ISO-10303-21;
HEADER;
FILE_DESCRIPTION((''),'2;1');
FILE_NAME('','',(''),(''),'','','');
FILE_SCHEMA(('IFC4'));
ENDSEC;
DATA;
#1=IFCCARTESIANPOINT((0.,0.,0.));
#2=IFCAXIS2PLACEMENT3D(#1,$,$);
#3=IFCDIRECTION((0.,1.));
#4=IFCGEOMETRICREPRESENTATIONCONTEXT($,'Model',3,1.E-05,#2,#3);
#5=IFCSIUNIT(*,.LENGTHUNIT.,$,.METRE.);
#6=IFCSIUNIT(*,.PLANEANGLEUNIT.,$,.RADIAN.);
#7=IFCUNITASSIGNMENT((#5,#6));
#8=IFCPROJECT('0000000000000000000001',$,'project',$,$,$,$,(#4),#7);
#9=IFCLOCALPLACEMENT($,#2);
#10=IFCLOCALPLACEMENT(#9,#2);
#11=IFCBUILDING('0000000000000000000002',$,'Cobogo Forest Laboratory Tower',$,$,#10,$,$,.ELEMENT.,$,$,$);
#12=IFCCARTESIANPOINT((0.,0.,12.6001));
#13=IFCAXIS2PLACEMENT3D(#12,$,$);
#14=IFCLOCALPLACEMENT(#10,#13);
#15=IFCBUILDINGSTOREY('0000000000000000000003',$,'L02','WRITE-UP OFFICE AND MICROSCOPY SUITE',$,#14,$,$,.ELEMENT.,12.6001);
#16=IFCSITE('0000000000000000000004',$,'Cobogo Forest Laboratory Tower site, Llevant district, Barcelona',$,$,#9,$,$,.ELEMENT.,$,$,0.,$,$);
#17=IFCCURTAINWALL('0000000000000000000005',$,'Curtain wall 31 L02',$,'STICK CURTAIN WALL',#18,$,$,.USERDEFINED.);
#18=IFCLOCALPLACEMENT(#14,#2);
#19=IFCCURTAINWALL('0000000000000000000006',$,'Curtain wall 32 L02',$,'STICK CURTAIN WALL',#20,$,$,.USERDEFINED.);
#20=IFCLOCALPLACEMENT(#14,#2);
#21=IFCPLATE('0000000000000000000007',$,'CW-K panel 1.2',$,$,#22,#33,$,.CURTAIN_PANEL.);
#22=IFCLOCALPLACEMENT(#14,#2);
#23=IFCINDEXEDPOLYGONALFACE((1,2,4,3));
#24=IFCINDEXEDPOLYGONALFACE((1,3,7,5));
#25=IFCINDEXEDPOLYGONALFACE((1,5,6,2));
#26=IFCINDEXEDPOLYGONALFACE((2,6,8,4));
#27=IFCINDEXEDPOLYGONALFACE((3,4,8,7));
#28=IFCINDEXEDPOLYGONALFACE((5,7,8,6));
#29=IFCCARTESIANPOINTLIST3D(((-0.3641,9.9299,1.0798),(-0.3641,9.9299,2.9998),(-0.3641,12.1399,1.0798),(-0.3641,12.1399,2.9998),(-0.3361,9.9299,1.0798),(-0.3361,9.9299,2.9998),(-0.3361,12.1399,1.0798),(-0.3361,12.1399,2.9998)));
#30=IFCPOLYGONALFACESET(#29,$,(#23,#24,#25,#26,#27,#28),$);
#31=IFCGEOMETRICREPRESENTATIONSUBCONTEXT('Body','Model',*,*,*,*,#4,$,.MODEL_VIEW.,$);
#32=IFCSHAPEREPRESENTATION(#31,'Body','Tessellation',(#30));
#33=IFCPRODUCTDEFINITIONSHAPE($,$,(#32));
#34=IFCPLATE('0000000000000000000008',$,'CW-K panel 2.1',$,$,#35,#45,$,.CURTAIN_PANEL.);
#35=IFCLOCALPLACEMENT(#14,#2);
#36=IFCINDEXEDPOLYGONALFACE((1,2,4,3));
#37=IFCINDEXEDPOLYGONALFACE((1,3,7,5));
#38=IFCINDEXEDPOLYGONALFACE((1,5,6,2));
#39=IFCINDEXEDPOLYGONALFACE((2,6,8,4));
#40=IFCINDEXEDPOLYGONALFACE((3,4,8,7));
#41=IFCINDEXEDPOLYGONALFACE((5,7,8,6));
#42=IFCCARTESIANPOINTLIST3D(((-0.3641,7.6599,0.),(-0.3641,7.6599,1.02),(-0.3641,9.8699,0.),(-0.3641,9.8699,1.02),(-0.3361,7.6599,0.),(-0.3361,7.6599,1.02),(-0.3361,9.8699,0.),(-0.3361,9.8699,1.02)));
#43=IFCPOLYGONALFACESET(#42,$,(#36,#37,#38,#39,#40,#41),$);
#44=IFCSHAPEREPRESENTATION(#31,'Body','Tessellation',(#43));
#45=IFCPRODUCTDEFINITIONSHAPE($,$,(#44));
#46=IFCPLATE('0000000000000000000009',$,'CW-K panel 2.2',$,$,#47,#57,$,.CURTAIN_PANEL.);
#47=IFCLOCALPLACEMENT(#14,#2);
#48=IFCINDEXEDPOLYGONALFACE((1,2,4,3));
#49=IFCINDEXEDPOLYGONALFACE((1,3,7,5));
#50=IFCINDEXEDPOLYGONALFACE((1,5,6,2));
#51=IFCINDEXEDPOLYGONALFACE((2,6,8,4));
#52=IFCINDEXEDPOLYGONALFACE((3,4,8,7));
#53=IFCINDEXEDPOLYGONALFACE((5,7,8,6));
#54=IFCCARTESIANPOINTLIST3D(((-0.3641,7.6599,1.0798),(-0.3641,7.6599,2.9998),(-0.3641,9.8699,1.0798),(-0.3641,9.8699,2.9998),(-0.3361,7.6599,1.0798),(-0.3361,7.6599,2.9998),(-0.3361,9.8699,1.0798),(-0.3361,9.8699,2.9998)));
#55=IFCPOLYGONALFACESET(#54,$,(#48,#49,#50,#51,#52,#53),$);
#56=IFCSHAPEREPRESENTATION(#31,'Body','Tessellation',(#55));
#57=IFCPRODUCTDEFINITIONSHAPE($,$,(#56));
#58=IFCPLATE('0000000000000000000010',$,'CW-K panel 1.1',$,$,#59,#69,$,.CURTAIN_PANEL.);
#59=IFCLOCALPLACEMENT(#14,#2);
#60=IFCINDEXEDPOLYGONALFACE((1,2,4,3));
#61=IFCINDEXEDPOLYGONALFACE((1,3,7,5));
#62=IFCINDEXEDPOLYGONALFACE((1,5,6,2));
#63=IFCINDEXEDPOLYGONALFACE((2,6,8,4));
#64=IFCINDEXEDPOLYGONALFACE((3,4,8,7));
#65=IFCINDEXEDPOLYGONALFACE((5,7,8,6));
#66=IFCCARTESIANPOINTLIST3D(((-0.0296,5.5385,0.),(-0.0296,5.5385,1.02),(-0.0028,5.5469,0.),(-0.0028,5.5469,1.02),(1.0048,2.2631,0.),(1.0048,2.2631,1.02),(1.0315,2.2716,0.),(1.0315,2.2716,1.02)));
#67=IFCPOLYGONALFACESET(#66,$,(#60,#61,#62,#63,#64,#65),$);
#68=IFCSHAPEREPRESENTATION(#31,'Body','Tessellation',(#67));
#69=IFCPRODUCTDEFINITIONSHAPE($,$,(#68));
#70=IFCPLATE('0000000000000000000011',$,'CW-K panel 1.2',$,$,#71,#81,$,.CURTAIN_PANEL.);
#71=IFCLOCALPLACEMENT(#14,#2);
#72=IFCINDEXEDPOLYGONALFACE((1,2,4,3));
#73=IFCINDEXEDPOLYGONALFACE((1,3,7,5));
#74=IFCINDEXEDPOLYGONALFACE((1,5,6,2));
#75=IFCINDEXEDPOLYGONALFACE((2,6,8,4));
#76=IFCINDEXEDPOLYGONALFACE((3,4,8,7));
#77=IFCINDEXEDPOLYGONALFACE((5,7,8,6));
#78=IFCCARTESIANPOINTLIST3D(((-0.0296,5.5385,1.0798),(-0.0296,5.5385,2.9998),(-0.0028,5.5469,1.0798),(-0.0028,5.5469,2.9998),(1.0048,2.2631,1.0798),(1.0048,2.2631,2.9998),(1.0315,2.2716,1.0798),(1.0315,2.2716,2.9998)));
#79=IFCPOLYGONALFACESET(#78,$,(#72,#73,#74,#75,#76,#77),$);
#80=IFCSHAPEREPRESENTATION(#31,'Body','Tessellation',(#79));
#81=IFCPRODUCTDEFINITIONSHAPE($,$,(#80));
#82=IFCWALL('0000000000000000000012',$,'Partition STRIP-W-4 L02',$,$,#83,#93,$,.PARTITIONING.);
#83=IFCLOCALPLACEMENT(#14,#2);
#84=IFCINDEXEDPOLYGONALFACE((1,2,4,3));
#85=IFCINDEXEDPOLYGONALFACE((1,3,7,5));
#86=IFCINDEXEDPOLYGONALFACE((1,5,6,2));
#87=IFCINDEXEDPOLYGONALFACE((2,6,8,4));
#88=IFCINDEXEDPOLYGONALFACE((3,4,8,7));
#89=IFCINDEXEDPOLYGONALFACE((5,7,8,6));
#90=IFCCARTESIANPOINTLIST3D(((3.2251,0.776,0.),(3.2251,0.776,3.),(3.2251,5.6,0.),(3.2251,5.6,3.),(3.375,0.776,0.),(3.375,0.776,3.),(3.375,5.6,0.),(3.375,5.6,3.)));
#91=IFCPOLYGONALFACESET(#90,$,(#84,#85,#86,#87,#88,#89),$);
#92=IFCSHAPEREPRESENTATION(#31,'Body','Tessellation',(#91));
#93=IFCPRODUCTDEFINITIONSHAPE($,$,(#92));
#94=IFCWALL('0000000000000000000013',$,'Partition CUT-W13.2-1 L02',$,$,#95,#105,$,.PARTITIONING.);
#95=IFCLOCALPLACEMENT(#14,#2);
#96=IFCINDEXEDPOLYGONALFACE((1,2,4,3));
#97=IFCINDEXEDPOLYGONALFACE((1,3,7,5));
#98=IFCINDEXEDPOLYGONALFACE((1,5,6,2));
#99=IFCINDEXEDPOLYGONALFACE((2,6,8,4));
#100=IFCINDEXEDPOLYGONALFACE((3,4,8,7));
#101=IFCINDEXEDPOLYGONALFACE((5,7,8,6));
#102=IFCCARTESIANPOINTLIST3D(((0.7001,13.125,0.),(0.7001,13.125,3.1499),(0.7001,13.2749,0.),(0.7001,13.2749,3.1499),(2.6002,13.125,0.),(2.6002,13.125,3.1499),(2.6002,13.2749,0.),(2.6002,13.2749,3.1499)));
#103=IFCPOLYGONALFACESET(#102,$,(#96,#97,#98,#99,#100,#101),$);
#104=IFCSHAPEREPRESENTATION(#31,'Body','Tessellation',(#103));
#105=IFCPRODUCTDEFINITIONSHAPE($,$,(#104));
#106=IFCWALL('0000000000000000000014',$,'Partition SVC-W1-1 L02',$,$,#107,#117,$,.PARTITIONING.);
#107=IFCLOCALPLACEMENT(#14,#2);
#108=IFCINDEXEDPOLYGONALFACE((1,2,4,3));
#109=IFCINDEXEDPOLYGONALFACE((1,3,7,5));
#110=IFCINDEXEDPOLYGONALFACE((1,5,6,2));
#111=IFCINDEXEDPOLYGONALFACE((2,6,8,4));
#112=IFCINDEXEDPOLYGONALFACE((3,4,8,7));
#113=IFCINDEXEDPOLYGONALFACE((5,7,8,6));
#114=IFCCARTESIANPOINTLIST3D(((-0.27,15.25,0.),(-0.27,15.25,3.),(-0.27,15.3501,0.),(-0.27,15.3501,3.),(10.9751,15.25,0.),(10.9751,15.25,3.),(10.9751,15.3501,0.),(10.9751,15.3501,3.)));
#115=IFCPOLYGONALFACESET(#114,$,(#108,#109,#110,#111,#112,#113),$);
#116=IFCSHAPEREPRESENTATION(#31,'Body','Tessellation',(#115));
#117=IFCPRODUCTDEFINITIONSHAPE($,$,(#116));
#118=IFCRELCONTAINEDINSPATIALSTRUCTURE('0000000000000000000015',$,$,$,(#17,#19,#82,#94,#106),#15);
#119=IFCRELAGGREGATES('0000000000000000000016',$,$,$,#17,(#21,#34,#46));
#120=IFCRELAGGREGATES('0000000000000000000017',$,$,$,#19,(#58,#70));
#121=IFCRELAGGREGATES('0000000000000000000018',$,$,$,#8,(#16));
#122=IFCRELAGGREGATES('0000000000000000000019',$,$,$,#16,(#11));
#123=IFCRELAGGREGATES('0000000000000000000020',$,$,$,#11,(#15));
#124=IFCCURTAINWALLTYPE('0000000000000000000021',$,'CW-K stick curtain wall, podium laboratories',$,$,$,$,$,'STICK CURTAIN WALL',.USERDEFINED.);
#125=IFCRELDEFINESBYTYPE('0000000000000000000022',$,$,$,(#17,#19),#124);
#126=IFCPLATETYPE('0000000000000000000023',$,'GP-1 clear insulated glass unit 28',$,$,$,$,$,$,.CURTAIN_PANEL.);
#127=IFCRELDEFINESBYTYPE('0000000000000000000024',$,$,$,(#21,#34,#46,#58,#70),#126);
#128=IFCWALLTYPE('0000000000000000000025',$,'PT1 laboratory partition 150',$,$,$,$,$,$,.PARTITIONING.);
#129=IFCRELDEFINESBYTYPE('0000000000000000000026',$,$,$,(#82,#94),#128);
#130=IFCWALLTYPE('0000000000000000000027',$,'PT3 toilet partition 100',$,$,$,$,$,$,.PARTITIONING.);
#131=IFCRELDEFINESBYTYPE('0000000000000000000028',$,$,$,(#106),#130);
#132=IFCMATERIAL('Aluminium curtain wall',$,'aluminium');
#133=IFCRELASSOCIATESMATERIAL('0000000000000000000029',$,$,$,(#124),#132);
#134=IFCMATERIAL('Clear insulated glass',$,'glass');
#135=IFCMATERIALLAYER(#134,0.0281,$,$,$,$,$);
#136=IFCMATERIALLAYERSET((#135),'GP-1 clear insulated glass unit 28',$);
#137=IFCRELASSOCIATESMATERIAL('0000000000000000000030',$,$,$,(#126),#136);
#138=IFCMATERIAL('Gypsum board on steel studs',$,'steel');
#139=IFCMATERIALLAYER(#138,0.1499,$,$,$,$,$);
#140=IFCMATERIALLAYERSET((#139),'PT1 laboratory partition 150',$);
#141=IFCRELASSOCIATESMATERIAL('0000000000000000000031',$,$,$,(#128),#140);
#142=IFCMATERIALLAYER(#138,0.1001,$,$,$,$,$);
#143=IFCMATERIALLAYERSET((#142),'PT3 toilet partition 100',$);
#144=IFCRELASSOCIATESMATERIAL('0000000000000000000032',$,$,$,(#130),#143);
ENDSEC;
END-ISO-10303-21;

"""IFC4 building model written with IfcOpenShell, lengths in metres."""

from ifc_helpers import new_model, si_unit, direction, frame, frame_2d, origin, origin_2d, place, context, subcontext, project, spatial, rectangle, extrude, material, layer, layer_set, type_object, element, aggregate, save


model = new_model("IFC4")

# Units and contexts
model_context = context("Model", 3, precision=1e-05, world=origin(), true_north=direction((0.0, 1.0)))
body_context = subcontext(model_context, "Body", "Model", "MODEL_VIEW")
ifc_project = project(units=[si_unit("LENGTHUNIT", "METRE"), si_unit("PLANEANGLEUNIT", "RADIAN")], contexts=[model_context])

# Site, building, storey
site_placement = place(None, origin())
site = spatial("IfcSite", under=ifc_project, at=site_placement, Name="Cobogo Forest Laboratory Tower site, Llevant district, Barcelona", CompositionType="ELEMENT", RefElevation=0.0)
building_placement = place(site_placement, origin())
building = spatial("IfcBuilding", under=site, at=building_placement, Name="Cobogo Forest Laboratory Tower", CompositionType="ELEMENT")
storey_placement = place(building_placement, frame((0.0, 0.0, 12.6001)))
storey = spatial("IfcBuildingStorey", under=building, at=storey_placement, Name="L02", Description="WRITE-UP OFFICE AND MICROSCOPY SUITE", CompositionType="ELEMENT", Elevation=12.6001)

# Curtain walls
ifc_material_1 = material(Name="Aluminium curtain wall", Category="aluminium")
curtain_wall_type = type_object("IfcCurtainWallType", Name="CW-K stick curtain wall, podium laboratories", ElementType="STICK CURTAIN WALL", PredefinedType="USERDEFINED", material=ifc_material_1)
curtain_wall_1_placement = place(storey_placement, origin())
curtain_wall_1 = element("IfcCurtainWall", 1, at=curtain_wall_1_placement, inside=storey, type_object=curtain_wall_type, Name="Curtain wall 31 L02", ObjectType="STICK CURTAIN WALL", PredefinedType="USERDEFINED")
curtain_wall_2_placement = place(storey_placement, origin())
curtain_wall_2 = element("IfcCurtainWall", 2, at=curtain_wall_2_placement, inside=storey, type_object=curtain_wall_type, Name="Curtain wall 32 L02", ObjectType="STICK CURTAIN WALL", PredefinedType="USERDEFINED")

# Plates
ifc_material_2 = material(Name="Clear insulated glass", Category="glass")
ifc_layer_1 = layer(ifc_material_2, 0.0281)
ifc_layer_set_1 = layer_set([ifc_layer_1], Name="GP-1 clear insulated glass unit 28")
plate_type_1 = type_object("IfcPlateType", Name="GP-1 clear insulated glass unit 28", PredefinedType="CURTAIN_PANEL", material=ifc_layer_set_1)
plate_1_placement = place(storey_placement, frame((-0.3501, 11.0349, 1.0798), z_axis=(0.0, 0.0, 1.0), x_axis=(0.0, -1.0, 0.0)))
plate_1 = element("IfcPlate", 3, at=plate_1_placement, type_object=plate_type_1, Name="CW-K panel 1.2", PredefinedType="CURTAIN_PANEL", context=body_context, shape_type="SweptSolid", body=[
    extrude(rectangle(XDim=2.21, YDim=0.0281, at=origin_2d()), origin(), (0.0, 0.0, 1.0), 1.9199),
])
plate_2_placement = place(storey_placement, frame((-0.3501, 8.7649, 0.0), z_axis=(0.0, 0.0, 1.0), x_axis=(0.0, -1.0, 0.0)))
plate_2 = element("IfcPlate", 4, at=plate_2_placement, type_object=plate_type_1, Name="CW-K panel 2.1", PredefinedType="CURTAIN_PANEL", context=body_context, shape_type="SweptSolid", body=[
    extrude(rectangle(XDim=2.21, YDim=0.0281, at=origin_2d()), origin(), (0.0, 0.0, 1.0), 1.02),
])
plate_3_placement = place(storey_placement, frame((-0.3501, 8.7649, 1.0798), z_axis=(0.0, 0.0, 1.0), x_axis=(0.0, -1.0, 0.0)))
plate_3 = element("IfcPlate", 5, at=plate_3_placement, type_object=plate_type_1, Name="CW-K panel 2.2", PredefinedType="CURTAIN_PANEL", context=body_context, shape_type="SweptSolid", body=[
    extrude(rectangle(XDim=2.21, YDim=0.0281, at=origin_2d()), origin(), (0.0, 0.0, 1.0), 1.9199),
])
aggregate(curtain_wall_1, [plate_1, plate_2, plate_3])
plate_4_placement = place(storey_placement, frame((0.501, 3.905, 0.0), z_axis=(0.0, 0.0, 1.0), x_axis=(0.301135, -0.953581, 0.0)))
plate_4 = element("IfcPlate", 6, at=plate_4_placement, type_object=plate_type_1, Name="CW-K panel 1.1", PredefinedType="CURTAIN_PANEL", context=body_context, shape_type="SweptSolid", body=[
    extrude(rectangle(XDim=3.4348, YDim=0.0281, at=origin_2d()), origin(), (0.0, 0.0, 1.0), 1.02),
])
plate_5_placement = place(storey_placement, frame((0.501, 3.905, 1.0798), z_axis=(0.0, 0.0, 1.0), x_axis=(0.301135, -0.953581, 0.0)))
plate_5 = element("IfcPlate", 7, at=plate_5_placement, type_object=plate_type_1, Name="CW-K panel 1.2", PredefinedType="CURTAIN_PANEL", context=body_context, shape_type="SweptSolid", body=[
    extrude(rectangle(XDim=3.4348, YDim=0.0281, at=origin_2d()), origin(), (0.0, 0.0, 1.0), 1.9199),
])
aggregate(curtain_wall_2, [plate_4, plate_5])

# Walls
ifc_material_3 = material(Name="Gypsum board on steel studs", Category="steel")
ifc_layer_2 = layer(ifc_material_3, 0.1499)
ifc_layer_set_2 = layer_set([ifc_layer_2], Name="PT1 laboratory partition 150")
wall_type_1 = type_object("IfcWallType", Name="PT1 laboratory partition 150", PredefinedType="PARTITIONING", material=ifc_layer_set_2)
wall_1_placement = place(storey_placement, frame((3.3, 5.6001, 0.0), z_axis=(0.0, 0.0, 1.0), x_axis=(0.0, -1.0, 0.0)))
element("IfcWall", 8, at=wall_1_placement, inside=storey, type_object=wall_type_1, Name="Partition STRIP-W-4 L02", PredefinedType="PARTITIONING", context=body_context, shape_type="SweptSolid", body=[
    extrude(rectangle(XDim=4.824, YDim=0.1499, at=frame_2d((2.4121, 0.0))), origin(), (0.0, 0.0, 1.0), 3.0),
])
wall_2_placement = place(storey_placement, frame((0.7, 13.2, 0.0), z_axis=(0.0, 0.0, 1.0), x_axis=(1.0, 0.0, 0.0)))
element("IfcWall", 9, at=wall_2_placement, inside=storey, type_object=wall_type_1, Name="Partition CUT-W13.2-1 L02", PredefinedType="PARTITIONING", context=body_context, shape_type="SweptSolid", body=[
    extrude(rectangle(XDim=1.9001, YDim=0.1499, at=frame_2d((0.9502, 0.0))), origin(), (0.0, 0.0, 1.0), 3.1499),
])
ifc_layer_3 = layer(ifc_material_3, 0.1001)
ifc_layer_set_3 = layer_set([ifc_layer_3], Name="PT3 toilet partition 100")
wall_type_2 = type_object("IfcWallType", Name="PT3 toilet partition 100", PredefinedType="PARTITIONING", material=ifc_layer_set_3)
wall_3_placement = place(storey_placement, frame((-0.27, 15.3, 0.0), z_axis=(0.0, 0.0, 1.0), x_axis=(1.0, 0.0, 0.0)))
element("IfcWall", 10, at=wall_3_placement, inside=storey, type_object=wall_type_2, Name="Partition SVC-W1-1 L02", PredefinedType="PARTITIONING", context=body_context, shape_type="SweptSolid", body=[
    extrude(rectangle(XDim=11.2451, YDim=0.1001, at=frame_2d((5.6226, 0.0))), origin(), (0.0, 0.0, 1.0), 3.0),
])

save(model, "model.ifc")
